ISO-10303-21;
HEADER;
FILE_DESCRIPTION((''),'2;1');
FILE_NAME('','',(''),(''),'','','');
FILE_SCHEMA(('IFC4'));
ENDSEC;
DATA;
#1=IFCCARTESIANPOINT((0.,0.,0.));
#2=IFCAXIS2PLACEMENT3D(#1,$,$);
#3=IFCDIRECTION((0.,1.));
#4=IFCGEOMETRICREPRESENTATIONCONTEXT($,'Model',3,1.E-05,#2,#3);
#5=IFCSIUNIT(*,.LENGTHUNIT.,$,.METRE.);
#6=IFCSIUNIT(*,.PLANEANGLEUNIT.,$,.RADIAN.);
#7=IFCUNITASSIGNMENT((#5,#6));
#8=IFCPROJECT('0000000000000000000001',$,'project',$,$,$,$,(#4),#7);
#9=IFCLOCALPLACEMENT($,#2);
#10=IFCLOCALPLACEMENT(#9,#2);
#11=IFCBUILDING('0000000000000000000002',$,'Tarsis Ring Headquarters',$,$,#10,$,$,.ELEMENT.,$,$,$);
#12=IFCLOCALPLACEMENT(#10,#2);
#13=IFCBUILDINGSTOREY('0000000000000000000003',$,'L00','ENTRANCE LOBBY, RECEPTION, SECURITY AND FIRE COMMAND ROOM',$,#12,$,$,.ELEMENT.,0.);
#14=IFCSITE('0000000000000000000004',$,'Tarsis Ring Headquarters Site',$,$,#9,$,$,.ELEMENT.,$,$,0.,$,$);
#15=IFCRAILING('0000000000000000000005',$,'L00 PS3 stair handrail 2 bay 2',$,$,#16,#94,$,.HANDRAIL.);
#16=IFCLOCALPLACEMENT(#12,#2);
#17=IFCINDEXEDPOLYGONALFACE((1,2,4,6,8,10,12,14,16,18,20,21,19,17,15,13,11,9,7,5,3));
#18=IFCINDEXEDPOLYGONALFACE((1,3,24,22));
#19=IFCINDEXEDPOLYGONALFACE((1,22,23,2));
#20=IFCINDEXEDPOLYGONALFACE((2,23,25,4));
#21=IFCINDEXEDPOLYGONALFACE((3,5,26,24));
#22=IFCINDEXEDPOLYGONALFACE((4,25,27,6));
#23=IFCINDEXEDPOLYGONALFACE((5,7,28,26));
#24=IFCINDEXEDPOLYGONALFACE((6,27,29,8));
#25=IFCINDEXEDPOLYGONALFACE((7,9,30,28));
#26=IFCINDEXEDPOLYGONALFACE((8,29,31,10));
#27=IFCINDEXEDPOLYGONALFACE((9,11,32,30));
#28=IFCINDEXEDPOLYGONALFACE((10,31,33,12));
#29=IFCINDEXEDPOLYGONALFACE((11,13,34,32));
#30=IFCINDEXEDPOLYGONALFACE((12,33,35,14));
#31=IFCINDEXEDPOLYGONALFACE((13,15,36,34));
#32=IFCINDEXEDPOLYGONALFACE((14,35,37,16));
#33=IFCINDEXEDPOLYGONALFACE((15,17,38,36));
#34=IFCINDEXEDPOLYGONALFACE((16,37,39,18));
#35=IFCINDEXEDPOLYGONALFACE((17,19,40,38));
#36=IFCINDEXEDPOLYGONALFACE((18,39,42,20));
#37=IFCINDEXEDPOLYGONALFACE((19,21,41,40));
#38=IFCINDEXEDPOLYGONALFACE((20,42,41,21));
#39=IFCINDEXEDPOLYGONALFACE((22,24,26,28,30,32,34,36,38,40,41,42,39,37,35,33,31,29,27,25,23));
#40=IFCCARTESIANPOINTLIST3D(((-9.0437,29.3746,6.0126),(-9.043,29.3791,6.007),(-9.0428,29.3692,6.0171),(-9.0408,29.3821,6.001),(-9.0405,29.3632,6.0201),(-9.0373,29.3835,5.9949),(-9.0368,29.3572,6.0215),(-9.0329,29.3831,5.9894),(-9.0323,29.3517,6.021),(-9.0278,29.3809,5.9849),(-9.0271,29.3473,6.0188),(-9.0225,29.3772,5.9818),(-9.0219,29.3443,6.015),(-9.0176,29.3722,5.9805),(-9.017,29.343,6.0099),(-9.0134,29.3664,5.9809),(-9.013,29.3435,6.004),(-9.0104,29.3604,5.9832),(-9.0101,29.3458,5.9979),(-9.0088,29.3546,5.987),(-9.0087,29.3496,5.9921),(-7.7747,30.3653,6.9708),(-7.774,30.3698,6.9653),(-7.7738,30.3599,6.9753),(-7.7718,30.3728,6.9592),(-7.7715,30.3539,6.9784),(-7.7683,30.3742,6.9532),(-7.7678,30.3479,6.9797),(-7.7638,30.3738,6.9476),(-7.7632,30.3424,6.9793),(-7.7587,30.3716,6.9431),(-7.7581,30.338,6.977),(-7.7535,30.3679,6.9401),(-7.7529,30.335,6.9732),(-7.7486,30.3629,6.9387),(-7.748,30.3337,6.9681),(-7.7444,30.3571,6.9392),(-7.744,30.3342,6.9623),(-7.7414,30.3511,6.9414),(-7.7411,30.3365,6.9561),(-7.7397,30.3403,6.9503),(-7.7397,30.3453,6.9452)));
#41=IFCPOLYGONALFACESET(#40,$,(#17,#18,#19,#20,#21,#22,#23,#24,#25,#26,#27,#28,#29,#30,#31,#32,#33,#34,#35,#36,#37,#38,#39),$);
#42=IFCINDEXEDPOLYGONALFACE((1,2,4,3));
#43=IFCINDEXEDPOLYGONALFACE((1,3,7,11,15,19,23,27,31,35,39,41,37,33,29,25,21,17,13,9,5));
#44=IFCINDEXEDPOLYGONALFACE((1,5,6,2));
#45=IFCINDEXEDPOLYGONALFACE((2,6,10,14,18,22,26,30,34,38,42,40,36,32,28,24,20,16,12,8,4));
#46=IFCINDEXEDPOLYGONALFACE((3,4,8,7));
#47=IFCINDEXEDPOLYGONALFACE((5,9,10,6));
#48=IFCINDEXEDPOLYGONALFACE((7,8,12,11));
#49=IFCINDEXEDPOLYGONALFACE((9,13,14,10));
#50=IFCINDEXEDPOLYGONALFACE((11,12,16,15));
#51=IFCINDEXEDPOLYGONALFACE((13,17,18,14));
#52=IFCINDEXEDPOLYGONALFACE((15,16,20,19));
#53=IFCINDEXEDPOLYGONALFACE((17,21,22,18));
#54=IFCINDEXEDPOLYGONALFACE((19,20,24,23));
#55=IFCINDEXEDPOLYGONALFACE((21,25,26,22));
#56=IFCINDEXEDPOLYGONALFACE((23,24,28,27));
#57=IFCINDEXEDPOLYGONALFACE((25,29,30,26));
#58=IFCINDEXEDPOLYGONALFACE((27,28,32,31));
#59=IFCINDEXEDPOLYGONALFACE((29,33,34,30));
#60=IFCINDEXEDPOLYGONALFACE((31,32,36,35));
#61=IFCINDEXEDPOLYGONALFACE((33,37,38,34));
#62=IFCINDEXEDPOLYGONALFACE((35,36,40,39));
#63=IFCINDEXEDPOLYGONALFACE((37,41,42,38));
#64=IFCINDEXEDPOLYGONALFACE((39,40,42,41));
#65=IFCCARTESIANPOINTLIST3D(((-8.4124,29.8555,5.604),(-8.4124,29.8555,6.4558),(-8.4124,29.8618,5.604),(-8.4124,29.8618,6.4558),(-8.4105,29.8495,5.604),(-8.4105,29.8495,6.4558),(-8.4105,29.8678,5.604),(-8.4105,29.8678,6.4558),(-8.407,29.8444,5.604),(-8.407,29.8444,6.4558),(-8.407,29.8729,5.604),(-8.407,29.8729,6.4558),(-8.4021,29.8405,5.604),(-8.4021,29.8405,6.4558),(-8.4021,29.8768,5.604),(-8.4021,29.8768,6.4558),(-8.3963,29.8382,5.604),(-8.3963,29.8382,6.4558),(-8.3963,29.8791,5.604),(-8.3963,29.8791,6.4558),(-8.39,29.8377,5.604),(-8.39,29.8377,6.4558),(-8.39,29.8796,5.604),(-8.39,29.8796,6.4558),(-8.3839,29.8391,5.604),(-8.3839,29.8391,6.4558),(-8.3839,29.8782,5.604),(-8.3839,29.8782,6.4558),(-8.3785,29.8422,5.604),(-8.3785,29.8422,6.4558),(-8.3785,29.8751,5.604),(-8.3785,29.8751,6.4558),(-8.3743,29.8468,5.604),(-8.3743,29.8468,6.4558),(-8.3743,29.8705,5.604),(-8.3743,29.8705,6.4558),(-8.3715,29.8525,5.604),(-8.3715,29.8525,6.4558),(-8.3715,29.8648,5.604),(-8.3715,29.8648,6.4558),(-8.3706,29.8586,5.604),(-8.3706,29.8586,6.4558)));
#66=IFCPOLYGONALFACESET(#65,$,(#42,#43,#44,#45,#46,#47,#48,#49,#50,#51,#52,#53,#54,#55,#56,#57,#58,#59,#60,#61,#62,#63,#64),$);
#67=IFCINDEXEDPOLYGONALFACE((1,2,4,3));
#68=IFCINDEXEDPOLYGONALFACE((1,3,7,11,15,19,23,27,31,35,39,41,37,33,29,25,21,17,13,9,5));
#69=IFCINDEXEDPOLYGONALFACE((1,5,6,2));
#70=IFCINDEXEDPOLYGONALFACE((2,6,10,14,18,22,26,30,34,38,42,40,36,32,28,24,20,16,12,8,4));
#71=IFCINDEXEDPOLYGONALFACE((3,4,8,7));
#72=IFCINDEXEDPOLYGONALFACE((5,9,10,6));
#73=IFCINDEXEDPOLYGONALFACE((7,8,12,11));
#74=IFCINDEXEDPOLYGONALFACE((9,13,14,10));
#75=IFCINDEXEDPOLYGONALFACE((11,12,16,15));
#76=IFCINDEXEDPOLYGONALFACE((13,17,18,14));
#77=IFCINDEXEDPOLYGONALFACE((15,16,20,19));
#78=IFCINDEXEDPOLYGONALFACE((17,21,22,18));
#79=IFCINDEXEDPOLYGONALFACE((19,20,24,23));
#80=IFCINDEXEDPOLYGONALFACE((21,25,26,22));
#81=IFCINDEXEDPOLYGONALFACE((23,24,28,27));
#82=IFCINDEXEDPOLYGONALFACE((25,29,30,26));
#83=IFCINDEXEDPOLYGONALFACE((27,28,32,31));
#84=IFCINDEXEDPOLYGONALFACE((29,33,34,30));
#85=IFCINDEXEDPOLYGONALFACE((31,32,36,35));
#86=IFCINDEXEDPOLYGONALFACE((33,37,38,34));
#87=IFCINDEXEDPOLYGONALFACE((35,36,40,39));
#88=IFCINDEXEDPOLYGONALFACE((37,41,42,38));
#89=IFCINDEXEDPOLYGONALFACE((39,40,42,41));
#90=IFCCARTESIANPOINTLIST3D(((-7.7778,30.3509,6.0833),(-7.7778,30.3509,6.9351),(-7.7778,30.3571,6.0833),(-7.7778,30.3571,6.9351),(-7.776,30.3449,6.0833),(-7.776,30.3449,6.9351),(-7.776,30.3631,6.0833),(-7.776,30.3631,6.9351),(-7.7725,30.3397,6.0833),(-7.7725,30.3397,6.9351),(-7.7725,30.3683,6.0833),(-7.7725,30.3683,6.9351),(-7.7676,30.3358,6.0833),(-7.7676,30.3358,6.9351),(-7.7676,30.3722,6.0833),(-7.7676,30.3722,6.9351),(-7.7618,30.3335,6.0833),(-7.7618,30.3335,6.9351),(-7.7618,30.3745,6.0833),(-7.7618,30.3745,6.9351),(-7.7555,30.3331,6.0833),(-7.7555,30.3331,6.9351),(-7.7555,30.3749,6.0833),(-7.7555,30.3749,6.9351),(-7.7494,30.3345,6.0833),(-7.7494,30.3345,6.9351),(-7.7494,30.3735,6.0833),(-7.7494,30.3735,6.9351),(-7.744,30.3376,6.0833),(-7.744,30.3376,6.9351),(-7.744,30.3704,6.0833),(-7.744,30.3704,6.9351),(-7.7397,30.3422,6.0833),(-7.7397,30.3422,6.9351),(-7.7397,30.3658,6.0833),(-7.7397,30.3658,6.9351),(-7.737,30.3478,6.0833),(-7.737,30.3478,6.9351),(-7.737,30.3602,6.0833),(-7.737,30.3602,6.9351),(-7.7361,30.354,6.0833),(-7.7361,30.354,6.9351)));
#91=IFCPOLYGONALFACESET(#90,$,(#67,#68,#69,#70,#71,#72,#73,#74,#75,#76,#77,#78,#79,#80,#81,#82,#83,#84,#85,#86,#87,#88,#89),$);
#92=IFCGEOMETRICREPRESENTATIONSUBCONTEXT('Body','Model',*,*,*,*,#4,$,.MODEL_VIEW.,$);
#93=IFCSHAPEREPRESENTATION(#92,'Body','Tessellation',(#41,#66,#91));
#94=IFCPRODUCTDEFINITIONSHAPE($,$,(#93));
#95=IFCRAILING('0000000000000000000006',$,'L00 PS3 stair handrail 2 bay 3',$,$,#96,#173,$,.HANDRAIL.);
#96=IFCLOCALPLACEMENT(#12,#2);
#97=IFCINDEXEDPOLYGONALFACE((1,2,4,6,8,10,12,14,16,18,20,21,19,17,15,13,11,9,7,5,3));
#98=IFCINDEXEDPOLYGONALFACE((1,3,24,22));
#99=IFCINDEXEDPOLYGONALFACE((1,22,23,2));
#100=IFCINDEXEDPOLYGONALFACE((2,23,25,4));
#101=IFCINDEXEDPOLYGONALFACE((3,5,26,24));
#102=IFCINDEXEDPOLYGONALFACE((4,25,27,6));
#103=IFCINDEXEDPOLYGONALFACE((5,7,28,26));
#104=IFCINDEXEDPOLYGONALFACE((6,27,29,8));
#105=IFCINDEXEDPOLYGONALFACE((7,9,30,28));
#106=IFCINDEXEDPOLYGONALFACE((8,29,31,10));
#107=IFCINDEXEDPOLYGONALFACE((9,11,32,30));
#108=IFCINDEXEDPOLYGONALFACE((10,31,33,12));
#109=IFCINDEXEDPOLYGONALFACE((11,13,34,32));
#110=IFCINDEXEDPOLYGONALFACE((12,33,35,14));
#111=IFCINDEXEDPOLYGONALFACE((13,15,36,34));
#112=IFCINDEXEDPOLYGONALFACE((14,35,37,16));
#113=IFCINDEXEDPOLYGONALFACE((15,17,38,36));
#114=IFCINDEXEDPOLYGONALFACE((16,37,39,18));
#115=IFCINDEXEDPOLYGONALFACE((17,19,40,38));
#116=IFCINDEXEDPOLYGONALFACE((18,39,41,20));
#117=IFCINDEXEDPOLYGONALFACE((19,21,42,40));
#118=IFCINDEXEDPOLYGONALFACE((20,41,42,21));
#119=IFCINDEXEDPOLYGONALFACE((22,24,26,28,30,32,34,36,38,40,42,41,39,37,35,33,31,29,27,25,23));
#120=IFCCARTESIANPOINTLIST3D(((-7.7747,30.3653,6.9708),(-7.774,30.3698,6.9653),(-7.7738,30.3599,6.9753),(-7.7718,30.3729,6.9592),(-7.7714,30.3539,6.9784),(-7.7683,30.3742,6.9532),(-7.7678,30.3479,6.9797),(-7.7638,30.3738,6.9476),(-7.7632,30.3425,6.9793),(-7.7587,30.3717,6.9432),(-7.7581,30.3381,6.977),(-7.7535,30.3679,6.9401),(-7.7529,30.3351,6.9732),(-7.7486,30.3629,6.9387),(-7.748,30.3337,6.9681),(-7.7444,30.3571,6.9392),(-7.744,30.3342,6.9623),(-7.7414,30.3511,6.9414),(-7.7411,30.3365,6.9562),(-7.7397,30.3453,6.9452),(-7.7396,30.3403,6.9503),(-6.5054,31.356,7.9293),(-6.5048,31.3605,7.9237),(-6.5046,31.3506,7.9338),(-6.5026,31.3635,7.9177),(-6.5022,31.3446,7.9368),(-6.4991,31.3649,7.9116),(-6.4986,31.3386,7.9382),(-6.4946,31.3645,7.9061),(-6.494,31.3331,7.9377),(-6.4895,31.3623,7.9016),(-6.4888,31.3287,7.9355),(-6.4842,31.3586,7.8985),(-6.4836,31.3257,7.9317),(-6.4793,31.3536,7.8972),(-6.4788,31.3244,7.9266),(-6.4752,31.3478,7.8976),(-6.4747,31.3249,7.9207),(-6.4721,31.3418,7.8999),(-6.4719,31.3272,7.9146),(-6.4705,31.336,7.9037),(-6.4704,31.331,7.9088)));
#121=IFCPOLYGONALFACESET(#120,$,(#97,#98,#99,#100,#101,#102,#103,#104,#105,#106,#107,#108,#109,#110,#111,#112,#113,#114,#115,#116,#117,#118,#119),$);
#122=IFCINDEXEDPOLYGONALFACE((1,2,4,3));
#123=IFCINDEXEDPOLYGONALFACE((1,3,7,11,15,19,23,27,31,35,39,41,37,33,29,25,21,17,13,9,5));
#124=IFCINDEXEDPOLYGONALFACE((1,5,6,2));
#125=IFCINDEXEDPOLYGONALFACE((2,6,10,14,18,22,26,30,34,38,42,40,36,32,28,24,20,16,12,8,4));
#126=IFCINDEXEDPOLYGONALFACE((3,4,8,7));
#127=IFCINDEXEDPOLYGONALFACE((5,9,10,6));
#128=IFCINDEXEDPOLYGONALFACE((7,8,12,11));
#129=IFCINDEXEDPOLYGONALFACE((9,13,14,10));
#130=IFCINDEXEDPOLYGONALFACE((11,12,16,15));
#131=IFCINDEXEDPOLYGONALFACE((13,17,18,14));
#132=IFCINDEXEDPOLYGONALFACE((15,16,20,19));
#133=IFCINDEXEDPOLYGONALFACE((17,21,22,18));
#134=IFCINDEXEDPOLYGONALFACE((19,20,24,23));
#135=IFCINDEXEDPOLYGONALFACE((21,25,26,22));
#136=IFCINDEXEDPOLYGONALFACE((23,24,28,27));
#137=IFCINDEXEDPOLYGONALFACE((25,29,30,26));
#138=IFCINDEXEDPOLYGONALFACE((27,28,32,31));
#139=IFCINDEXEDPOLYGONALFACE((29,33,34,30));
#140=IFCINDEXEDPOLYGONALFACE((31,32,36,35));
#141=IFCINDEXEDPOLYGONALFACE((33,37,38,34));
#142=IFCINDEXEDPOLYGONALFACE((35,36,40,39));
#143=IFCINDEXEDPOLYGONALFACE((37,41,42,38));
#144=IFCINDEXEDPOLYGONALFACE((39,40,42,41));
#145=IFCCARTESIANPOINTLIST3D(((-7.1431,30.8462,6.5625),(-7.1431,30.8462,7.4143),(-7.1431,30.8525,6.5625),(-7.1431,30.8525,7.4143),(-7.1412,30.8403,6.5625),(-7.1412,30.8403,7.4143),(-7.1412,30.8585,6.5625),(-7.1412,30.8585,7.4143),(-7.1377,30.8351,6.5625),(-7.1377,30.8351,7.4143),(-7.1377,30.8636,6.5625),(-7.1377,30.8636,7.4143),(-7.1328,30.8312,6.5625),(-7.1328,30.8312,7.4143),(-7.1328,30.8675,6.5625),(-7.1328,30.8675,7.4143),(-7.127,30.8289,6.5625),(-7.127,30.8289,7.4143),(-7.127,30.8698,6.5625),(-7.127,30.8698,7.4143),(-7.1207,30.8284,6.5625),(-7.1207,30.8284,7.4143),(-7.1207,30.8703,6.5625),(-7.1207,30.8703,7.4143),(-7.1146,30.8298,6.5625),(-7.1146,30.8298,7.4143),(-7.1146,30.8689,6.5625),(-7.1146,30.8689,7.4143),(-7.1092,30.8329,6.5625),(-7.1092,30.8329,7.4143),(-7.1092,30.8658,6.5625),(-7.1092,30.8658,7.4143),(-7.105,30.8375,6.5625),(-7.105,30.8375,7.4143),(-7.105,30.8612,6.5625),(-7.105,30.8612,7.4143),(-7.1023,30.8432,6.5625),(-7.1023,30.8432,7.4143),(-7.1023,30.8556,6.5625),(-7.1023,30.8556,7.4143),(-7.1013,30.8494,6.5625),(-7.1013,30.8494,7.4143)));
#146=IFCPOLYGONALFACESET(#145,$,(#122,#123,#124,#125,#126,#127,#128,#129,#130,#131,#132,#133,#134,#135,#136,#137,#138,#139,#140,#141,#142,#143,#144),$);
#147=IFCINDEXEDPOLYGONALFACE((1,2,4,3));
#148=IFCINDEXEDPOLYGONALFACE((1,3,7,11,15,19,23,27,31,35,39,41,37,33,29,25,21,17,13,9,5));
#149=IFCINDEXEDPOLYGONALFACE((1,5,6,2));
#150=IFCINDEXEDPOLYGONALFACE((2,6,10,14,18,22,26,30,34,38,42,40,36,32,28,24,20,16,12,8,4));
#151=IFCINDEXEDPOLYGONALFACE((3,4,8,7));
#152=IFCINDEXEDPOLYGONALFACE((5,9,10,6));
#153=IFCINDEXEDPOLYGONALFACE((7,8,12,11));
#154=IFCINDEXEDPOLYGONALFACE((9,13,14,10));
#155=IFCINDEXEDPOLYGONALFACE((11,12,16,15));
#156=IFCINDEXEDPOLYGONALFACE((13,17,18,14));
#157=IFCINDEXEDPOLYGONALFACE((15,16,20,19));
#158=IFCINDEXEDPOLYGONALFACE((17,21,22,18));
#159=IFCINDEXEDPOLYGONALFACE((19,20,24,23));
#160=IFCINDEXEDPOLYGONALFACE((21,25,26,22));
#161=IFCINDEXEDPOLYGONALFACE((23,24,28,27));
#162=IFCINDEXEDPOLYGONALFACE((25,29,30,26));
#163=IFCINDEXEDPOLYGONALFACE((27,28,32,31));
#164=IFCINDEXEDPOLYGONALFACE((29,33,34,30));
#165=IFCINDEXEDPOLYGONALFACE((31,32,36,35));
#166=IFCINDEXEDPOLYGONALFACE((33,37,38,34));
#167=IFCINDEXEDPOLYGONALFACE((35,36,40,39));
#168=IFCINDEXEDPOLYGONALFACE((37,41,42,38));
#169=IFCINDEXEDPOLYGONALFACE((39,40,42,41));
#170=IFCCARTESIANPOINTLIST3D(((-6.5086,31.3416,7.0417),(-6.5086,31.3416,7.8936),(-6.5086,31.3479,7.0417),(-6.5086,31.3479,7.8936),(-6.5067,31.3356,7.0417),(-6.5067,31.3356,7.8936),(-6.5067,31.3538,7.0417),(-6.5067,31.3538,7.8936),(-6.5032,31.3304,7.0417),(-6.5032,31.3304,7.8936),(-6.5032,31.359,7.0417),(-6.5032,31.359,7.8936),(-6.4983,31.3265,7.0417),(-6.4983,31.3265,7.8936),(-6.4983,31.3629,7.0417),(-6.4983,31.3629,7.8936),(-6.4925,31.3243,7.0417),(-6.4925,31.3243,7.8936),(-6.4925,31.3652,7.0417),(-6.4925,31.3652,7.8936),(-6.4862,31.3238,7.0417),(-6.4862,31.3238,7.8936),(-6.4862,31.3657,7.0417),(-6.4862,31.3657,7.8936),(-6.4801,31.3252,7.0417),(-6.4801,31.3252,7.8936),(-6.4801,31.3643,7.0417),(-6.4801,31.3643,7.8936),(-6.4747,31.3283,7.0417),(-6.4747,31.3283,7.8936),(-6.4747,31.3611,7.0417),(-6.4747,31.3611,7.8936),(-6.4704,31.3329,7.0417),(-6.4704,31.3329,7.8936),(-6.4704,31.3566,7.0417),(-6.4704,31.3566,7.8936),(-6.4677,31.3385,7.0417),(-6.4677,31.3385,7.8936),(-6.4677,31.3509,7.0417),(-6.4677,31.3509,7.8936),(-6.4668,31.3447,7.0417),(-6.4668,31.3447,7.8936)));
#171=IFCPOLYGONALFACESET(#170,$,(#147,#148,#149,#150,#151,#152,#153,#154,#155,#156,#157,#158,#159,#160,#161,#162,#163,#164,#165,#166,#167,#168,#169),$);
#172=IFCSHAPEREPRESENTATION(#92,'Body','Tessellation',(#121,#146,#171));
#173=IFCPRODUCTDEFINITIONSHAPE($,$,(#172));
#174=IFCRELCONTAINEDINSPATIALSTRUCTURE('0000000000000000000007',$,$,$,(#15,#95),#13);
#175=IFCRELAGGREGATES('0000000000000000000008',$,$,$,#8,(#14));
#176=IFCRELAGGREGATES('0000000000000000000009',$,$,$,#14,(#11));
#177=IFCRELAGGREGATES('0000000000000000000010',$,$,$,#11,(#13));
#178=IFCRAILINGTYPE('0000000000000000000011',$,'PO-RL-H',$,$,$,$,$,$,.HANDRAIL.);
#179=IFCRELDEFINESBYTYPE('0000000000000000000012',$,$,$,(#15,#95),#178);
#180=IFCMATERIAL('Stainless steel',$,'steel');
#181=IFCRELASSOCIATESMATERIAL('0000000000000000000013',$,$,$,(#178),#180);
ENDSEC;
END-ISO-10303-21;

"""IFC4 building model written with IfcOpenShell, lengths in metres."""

from ifc_helpers import new_model, si_unit, direction, frame, origin, origin_2d, place, context, subcontext, project, spatial, circle, extrude, material, type_object, element, save


model = new_model("IFC4")

# Units and contexts
model_context = context("Model", 3, precision=1e-05, world=origin(), true_north=direction((0.0, 1.0)))
body_context = subcontext(model_context, "Body", "Model", "MODEL_VIEW")
ifc_project = project(units=[si_unit("LENGTHUNIT", "METRE"), si_unit("PLANEANGLEUNIT", "RADIAN")], contexts=[model_context])

# Site, building, storey
site_placement = place(None, origin())
site = spatial("IfcSite", under=ifc_project, at=site_placement, Name="Tarsis Ring Headquarters Site", CompositionType="ELEMENT", RefElevation=0.0)
building_placement = place(site_placement, origin())
building = spatial("IfcBuilding", under=site, at=building_placement, Name="Tarsis Ring Headquarters", CompositionType="ELEMENT")
storey_placement = place(building_placement, origin())
storey = spatial("IfcBuildingStorey", under=building, at=storey_placement, Name="L00", Description="ENTRANCE LOBBY, RECEPTION, SECURITY AND FIRE COMMAND ROOM", CompositionType="ELEMENT", Elevation=0.0)

# Railings
ifc_material_1 = material(Name="Stainless steel", Category="steel")
railing_type_1 = type_object("IfcRailingType", Name="PO-RL-H", PredefinedType="HANDRAIL", material=ifc_material_1)
railing_1_placement = place(storey_placement, frame((-9.0261, 29.3633, 5.125)))
element("IfcRailing", 1, at=railing_1_placement, inside=storey, type_object=railing_type_1, Name="L00 PS3 stair handrail 2 bay 2", PredefinedType="HANDRAIL", context=body_context, shape_type="SweptSolid", body=[
    extrude(circle(Radius=0.0239, at=origin_2d()), frame((0.0, 0.0, 0.876), z_axis=(0.677341, 0.52879, 0.511459), x_axis=(-0.615367, 0.78824, 0.0)), (0.0, 0.0, 1.0), 1.8735),
    extrude(circle(Radius=0.021, at=origin_2d()), frame((0.6345, 0.4954, 0.479)), (0.0, 0.0, 1.0), 0.8518),
    extrude(circle(Radius=0.021, at=origin_2d()), frame((1.269, 0.9907, 0.9583)), (0.0, 0.0, 1.0), 0.8518),
])
railing_2_placement = place(storey_placement, frame((-7.7571, 30.354, 6.0833)))
element("IfcRailing", 2, at=railing_2_placement, inside=storey, type_object=railing_type_1, Name="L00 PS3 stair handrail 2 bay 3", PredefinedType="HANDRAIL", context=body_context, shape_type="SweptSolid", body=[
    extrude(circle(Radius=0.0239, at=origin_2d()), frame((0.0, 0.0, 0.876), z_axis=(0.677366, 0.528708, 0.51151), x_axis=(-0.615294, 0.788298, 0.0)), (0.0, 0.0, 1.0), 1.8738),
    extrude(circle(Radius=0.021, at=origin_2d()), frame((0.6348, 0.4954, 0.4792)), (0.0, 0.0, 1.0), 0.8518),
    extrude(circle(Radius=0.021, at=origin_2d()), frame((1.2693, 0.9907, 0.9585)), (0.0, 0.0, 1.0), 0.8518),
])

save(model, "model.ifc")
